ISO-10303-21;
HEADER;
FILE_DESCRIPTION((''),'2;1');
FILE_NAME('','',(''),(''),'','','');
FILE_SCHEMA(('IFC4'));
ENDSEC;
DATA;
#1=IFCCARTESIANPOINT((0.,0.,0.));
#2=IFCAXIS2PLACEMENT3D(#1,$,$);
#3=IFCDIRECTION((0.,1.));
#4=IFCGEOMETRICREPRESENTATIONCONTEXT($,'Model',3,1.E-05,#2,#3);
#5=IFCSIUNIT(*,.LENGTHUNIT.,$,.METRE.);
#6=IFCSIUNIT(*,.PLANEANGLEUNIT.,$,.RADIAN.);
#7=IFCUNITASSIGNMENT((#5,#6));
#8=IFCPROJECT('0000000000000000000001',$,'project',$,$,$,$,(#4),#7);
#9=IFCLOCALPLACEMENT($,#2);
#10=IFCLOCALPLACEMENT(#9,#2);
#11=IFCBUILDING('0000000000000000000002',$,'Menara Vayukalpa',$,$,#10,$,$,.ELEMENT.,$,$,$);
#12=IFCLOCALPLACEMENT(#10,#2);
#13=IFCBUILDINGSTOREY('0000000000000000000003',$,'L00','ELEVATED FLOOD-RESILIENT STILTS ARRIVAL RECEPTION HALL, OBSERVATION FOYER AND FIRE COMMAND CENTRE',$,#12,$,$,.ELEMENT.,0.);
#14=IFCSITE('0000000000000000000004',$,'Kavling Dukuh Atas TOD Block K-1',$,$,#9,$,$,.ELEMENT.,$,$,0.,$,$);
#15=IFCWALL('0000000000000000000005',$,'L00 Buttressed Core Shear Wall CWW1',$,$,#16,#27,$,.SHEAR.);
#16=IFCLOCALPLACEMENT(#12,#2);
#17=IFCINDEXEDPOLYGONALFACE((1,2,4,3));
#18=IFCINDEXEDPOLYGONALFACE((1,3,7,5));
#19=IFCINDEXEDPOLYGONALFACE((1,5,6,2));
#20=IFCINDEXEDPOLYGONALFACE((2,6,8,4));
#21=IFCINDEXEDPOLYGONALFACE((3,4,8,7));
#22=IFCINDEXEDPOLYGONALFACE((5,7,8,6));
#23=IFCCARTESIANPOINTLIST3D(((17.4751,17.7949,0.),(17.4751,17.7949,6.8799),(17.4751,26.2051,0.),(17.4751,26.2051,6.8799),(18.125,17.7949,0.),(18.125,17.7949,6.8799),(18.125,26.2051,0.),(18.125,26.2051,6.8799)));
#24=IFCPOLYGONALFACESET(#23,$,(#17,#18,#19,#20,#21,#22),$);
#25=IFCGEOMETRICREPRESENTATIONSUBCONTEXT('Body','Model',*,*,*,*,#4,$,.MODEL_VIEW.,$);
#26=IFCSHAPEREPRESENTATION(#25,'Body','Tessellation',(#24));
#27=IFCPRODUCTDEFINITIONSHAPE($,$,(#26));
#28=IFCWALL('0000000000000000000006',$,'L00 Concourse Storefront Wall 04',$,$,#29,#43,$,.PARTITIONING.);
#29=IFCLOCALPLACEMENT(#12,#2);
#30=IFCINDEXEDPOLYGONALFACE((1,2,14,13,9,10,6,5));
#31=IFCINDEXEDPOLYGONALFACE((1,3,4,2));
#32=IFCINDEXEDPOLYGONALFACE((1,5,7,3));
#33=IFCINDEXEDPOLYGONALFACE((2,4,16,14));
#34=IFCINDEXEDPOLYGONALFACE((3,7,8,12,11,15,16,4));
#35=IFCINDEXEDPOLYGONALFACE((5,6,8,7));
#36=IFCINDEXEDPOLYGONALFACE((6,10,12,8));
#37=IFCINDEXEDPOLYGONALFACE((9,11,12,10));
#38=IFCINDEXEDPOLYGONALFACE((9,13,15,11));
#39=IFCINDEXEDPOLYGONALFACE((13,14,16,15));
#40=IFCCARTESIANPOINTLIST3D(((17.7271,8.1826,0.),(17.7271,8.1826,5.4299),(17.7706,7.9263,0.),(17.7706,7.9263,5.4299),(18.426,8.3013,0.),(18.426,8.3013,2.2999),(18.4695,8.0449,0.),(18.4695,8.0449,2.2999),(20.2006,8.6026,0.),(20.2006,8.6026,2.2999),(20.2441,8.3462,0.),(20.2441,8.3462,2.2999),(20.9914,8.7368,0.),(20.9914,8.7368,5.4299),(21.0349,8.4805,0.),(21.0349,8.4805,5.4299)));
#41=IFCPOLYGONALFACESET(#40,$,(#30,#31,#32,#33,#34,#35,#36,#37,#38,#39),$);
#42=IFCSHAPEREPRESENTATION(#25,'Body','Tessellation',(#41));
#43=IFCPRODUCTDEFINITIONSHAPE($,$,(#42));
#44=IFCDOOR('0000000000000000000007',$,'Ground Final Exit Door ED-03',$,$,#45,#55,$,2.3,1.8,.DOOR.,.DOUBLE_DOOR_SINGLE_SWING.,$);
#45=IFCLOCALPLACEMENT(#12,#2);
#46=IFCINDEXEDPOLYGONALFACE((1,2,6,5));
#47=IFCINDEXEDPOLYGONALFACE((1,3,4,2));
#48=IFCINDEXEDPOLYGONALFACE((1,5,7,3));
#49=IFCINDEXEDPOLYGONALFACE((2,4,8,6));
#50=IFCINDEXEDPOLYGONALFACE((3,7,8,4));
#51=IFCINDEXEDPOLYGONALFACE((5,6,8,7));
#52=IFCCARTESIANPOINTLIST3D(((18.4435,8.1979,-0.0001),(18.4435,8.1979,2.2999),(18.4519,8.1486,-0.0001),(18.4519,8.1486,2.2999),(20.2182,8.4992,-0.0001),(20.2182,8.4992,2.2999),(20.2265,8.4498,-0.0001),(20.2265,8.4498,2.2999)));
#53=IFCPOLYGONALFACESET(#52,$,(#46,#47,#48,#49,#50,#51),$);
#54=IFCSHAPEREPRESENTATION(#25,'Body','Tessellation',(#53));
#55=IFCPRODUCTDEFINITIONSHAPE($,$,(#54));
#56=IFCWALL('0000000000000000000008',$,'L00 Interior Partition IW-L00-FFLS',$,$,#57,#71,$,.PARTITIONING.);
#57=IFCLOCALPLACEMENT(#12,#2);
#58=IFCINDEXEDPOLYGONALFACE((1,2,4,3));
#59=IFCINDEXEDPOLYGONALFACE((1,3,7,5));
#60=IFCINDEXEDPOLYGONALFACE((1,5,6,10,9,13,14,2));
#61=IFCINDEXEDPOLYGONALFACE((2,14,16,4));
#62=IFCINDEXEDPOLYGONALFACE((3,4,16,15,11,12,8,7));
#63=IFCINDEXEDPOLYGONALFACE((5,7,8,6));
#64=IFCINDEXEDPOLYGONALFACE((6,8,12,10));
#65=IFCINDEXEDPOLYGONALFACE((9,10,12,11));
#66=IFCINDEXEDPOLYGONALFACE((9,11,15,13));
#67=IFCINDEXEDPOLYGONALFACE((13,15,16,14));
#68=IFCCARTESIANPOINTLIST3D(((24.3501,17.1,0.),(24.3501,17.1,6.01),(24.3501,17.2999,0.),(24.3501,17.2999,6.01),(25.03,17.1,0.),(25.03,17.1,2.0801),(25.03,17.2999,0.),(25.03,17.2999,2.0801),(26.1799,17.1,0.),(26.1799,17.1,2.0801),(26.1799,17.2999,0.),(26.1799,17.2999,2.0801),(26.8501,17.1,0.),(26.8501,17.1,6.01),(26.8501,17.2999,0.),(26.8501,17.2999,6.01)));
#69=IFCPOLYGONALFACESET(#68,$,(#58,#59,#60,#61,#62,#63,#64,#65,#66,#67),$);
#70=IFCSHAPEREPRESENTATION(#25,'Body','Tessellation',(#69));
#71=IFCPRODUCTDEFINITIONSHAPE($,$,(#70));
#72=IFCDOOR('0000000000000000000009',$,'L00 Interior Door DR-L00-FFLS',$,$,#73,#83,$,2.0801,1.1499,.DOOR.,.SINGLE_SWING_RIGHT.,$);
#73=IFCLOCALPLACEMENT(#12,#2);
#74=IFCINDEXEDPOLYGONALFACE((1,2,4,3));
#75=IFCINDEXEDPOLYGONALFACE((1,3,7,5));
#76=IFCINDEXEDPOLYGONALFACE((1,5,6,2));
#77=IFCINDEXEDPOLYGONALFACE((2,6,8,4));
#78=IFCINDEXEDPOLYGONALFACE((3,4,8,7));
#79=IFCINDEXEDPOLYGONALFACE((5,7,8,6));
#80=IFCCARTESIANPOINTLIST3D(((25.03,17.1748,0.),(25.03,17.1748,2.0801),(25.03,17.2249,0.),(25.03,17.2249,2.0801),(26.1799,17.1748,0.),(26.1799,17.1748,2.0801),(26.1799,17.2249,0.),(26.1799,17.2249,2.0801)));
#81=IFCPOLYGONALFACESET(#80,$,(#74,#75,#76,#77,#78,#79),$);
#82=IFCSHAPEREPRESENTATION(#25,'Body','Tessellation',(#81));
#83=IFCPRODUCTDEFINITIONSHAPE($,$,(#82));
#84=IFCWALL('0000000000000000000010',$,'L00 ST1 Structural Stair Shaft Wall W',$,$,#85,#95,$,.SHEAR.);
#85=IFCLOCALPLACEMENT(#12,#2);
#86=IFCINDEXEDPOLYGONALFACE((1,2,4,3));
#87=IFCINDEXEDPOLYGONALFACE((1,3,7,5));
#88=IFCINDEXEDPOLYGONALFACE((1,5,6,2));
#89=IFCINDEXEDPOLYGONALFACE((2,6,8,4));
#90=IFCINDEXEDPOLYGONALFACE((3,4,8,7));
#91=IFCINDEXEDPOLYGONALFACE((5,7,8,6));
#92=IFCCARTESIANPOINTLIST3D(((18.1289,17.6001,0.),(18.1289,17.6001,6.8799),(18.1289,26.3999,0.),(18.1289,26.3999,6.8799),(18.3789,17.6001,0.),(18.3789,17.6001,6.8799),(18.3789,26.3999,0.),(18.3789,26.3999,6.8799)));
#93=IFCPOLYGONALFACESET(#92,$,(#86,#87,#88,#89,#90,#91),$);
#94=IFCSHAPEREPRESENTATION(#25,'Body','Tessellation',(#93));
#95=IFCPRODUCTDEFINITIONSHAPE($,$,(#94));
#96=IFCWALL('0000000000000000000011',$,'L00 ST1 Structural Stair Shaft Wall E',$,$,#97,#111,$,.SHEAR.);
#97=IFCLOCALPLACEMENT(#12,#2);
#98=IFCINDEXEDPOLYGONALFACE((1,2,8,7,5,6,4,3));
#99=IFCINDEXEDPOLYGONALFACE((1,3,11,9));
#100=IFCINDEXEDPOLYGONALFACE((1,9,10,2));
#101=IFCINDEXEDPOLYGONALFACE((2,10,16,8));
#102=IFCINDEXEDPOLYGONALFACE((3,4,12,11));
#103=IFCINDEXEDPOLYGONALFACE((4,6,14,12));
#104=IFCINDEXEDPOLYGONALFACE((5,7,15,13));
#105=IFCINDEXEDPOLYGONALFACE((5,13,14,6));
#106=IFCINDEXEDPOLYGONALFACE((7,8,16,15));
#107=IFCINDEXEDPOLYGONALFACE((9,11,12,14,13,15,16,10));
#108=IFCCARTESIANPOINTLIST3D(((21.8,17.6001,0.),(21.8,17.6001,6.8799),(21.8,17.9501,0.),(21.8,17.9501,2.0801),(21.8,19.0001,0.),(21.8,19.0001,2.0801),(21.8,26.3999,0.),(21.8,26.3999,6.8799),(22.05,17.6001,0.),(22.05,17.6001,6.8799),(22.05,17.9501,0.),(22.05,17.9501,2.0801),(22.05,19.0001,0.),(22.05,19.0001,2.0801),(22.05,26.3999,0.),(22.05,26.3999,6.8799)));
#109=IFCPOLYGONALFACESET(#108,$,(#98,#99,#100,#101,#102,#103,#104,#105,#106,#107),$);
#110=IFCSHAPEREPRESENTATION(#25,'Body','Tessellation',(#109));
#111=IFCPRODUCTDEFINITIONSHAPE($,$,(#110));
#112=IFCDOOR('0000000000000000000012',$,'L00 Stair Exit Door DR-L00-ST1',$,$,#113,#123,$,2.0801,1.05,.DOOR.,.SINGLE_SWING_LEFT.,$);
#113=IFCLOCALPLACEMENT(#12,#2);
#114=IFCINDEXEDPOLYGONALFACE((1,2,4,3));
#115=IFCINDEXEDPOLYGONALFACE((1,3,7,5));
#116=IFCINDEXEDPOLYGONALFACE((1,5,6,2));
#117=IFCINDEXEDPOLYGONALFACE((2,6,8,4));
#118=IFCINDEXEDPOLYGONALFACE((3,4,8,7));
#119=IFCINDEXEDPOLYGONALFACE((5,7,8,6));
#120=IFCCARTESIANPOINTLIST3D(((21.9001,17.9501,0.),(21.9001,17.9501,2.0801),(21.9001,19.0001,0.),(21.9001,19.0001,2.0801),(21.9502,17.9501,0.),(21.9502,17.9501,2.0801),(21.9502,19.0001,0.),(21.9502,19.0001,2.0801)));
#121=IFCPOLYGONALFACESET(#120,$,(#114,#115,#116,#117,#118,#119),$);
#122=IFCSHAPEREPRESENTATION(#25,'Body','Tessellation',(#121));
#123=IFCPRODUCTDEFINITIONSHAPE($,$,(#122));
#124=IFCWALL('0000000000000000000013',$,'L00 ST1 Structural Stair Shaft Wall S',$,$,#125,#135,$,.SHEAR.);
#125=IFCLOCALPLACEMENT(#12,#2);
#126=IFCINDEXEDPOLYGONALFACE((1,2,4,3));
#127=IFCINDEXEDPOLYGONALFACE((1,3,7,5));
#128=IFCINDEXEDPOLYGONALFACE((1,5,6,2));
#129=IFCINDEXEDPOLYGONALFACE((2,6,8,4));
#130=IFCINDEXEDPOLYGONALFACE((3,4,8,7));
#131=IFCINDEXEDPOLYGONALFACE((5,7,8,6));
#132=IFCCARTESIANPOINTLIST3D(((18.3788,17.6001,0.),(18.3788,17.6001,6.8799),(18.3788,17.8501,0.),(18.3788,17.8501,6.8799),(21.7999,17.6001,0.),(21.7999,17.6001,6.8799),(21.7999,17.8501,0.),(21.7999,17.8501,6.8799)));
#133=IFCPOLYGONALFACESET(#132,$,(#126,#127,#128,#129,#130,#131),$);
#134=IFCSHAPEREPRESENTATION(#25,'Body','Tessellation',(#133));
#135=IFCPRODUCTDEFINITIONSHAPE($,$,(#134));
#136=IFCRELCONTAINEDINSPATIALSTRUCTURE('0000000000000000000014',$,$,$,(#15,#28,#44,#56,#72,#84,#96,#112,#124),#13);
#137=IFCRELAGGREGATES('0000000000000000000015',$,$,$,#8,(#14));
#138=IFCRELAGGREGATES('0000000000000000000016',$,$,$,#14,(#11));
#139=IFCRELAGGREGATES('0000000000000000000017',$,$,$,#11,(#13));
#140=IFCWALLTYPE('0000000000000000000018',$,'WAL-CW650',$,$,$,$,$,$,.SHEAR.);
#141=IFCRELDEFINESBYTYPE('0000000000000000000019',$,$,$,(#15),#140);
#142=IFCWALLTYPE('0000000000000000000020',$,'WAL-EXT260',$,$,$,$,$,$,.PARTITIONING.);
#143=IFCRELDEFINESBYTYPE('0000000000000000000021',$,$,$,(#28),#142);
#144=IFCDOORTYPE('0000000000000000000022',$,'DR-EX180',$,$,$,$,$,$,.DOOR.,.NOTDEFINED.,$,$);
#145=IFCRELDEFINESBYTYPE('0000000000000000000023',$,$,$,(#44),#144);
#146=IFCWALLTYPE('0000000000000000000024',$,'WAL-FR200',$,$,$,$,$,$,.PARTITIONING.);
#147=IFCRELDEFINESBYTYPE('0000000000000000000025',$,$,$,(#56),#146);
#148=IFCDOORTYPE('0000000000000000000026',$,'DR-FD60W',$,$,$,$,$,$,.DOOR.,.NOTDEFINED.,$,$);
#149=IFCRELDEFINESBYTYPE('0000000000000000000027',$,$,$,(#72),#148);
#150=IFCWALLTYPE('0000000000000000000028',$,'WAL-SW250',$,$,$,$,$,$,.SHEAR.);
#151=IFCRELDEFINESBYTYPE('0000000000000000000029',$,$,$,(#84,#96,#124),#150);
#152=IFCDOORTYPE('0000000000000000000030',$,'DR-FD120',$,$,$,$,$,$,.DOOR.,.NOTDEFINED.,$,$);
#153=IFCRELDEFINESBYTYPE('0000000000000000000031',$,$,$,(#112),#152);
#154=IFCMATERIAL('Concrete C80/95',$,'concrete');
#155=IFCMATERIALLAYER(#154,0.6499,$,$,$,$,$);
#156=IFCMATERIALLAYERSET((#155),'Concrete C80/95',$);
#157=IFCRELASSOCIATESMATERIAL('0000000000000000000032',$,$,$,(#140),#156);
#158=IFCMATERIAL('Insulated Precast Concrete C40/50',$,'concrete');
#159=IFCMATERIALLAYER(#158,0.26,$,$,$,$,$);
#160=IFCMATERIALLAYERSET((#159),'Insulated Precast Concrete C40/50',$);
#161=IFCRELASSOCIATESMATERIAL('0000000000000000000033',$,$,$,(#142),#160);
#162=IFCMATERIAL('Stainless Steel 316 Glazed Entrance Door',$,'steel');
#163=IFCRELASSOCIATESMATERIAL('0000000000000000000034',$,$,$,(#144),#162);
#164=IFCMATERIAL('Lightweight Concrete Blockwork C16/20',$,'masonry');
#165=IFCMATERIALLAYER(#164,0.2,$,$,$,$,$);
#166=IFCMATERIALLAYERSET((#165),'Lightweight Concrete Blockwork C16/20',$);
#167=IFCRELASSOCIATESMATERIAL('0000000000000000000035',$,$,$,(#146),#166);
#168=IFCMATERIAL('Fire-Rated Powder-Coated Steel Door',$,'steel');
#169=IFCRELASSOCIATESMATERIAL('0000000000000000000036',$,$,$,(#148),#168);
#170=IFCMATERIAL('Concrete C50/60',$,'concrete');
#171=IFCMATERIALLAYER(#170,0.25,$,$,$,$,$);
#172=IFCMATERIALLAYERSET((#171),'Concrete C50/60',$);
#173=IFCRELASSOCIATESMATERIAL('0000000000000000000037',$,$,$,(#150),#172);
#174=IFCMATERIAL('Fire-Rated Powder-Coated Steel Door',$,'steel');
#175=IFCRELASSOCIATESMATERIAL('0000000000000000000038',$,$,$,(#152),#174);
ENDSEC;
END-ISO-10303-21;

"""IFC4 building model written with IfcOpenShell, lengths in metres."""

from ifc_helpers import new_model, si_unit, direction, frame, frame_2d, origin, place, context, subcontext, project, spatial, rectangle, extrude, material, layer, layer_set, type_object, element, fill, save


model = new_model("IFC4")

# Units and contexts
model_context = context("Model", 3, precision=1e-05, world=origin(), true_north=direction((0.0, 1.0)))
body_context = subcontext(model_context, "Body", "Model", "MODEL_VIEW")
ifc_project = project(units=[si_unit("LENGTHUNIT", "METRE"), si_unit("PLANEANGLEUNIT", "RADIAN")], contexts=[model_context])

# Site, building, storey
site_placement = place(None, origin())
site = spatial("IfcSite", under=ifc_project, at=site_placement, Name="Kavling Dukuh Atas TOD Block K-1", CompositionType="ELEMENT", RefElevation=0.0)
building_placement = place(site_placement, origin())
building = spatial("IfcBuilding", under=site, at=building_placement, Name="Menara Vayukalpa", CompositionType="ELEMENT")
storey_placement = place(building_placement, origin())
storey = spatial("IfcBuildingStorey", under=building, at=storey_placement, Name="L00", Description="ELEVATED FLOOD-RESILIENT STILTS ARRIVAL RECEPTION HALL, OBSERVATION FOYER AND FIRE COMMAND CENTRE", CompositionType="ELEMENT", Elevation=0.0)

# Wall
ifc_material_1 = material(Name="Concrete C80/95", Category="concrete")
ifc_layer_1 = layer(ifc_material_1, 0.6499)
ifc_layer_set_1 = layer_set([ifc_layer_1], Name="Concrete C80/95")
wall_type_1 = type_object("IfcWallType", Name="WAL-CW650", PredefinedType="SHEAR", material=ifc_layer_set_1)
wall_1_placement = place(storey_placement, frame((17.8, 17.7949, 0.0), z_axis=(0.0, 0.0, 1.0), x_axis=(0.0, 1.0, 0.0)))
element("IfcWall", 1, at=wall_1_placement, inside=storey, type_object=wall_type_1, Name="L00 Buttressed Core Shear Wall CWW1", PredefinedType="SHEAR", context=body_context, shape_type="SweptSolid", body=[
    extrude(rectangle(XDim=8.4102, YDim=0.6499, at=frame_2d((4.2051, 0.0))), origin(), (0.0, 0.0, 1.0), 6.8799),
])

# Walls, openings, doors
ifc_material_2 = material(Name="Insulated Precast Concrete C40/50", Category="concrete")
ifc_layer_2 = layer(ifc_material_2, 0.26)
ifc_layer_set_2 = layer_set([ifc_layer_2], Name="Insulated Precast Concrete C40/50")
wall_type_2 = type_object("IfcWallType", Name="WAL-EXT260", PredefinedType="PARTITIONING", material=ifc_layer_set_2)
wall_2_placement = place(storey_placement, frame((21.0132, 8.6086, 0.0), z_axis=(0.0, 0.0, 1.0), x_axis=(-0.985893, -0.167375, 0.0)))
wall_2 = element("IfcWall", 2, at=wall_2_placement, inside=storey, type_object=wall_type_2, Name="L00 Concourse Storefront Wall 04", PredefinedType="PARTITIONING", context=body_context, shape_type="SweptSolid", body=[
    extrude(rectangle(XDim=3.311, YDim=0.26, at=frame_2d((1.6555, 0.0))), origin(), (0.0, 0.0, 1.0), 5.4299),
])
opening_1_placement = place(wall_2_placement, frame((0.8022, 0.0, 0.0)))
opening_1 = element("IfcOpeningElement", 3, at=opening_1_placement, cuts=wall_2, PredefinedType="OPENING", context=body_context, shape_type="SweptSolid", body=[
    extrude(rectangle(XDim=1.8, YDim=2.3, at=frame_2d((0.8999, 1.1499))), frame((0.0, 0.1399, 0.0), z_axis=(0.0, -1.0, 0.0), x_axis=(1.0, 0.0, 0.0)), (0.0, 0.0, 1.0), 0.28),
])
ifc_material_3 = material(Name="Stainless Steel 316 Glazed Entrance Door", Category="steel")
door_type_1 = type_object("IfcDoorType", Name="DR-EX180", OperationType="NOTDEFINED", PredefinedType="DOOR", material=ifc_material_3)
door_1_placement = place(opening_1_placement, origin())
door_1 = element("IfcDoor", 4, at=door_1_placement, inside=storey, type_object=door_type_1, Name="Ground Final Exit Door ED-03", OperationType="DOUBLE_DOOR_SINGLE_SWING", OverallHeight=2.3, OverallWidth=1.8, PredefinedType="DOOR", context=body_context, shape_type="SweptSolid", body=[
    extrude(rectangle(XDim=1.8, YDim=2.3, at=frame_2d((0.8999, 1.1499))), frame((0.0, 0.0249, 0.0), z_axis=(0.0, -1.0, 0.0), x_axis=(1.0, 0.0, 0.0)), (0.0, 0.0, 1.0), 0.05),
])
fill(opening_1, door_1)
ifc_material_4 = material(Name="Lightweight Concrete Blockwork C16/20", Category="masonry")
ifc_layer_3 = layer(ifc_material_4, 0.2)
ifc_layer_set_3 = layer_set([ifc_layer_3], Name="Lightweight Concrete Blockwork C16/20")
wall_type_3 = type_object("IfcWallType", Name="WAL-FR200", PredefinedType="PARTITIONING", material=ifc_layer_set_3)
wall_3_placement = place(storey_placement, frame((24.3501, 17.2, 0.0), z_axis=(0.0, 0.0, 1.0), x_axis=(1.0, 0.0, 0.0)))
wall_3 = element("IfcWall", 5, at=wall_3_placement, inside=storey, type_object=wall_type_3, Name="L00 Interior Partition IW-L00-FFLS", PredefinedType="PARTITIONING", context=body_context, shape_type="SweptSolid", body=[
    extrude(rectangle(XDim=2.5, YDim=0.2, at=frame_2d((1.25, 0.0))), origin(), (0.0, 0.0, 1.0), 6.01),
])
opening_2_placement = place(wall_3_placement, frame((0.6799, 0.0, 0.0)))
opening_2 = element("IfcOpeningElement", 6, at=opening_2_placement, cuts=wall_3, PredefinedType="OPENING", context=body_context, shape_type="SweptSolid", body=[
    extrude(rectangle(XDim=1.1499, YDim=2.0801, at=frame_2d((0.575, 1.04))), frame((0.0, 0.1099, 0.0), z_axis=(0.0, -1.0, 0.0), x_axis=(1.0, 0.0, 0.0)), (0.0, 0.0, 1.0), 0.22),
])
ifc_material_5 = material(Name="Fire-Rated Powder-Coated Steel Door", Category="steel")
door_type_2 = type_object("IfcDoorType", Name="DR-FD60W", OperationType="NOTDEFINED", PredefinedType="DOOR", material=ifc_material_5)
door_2_placement = place(opening_2_placement, origin())
door_2 = element("IfcDoor", 7, at=door_2_placement, inside=storey, type_object=door_type_2, Name="L00 Interior Door DR-L00-FFLS", OperationType="SINGLE_SWING_RIGHT", OverallHeight=2.0801, OverallWidth=1.1499, PredefinedType="DOOR", context=body_context, shape_type="SweptSolid", body=[
    extrude(rectangle(XDim=1.1499, YDim=2.0801, at=frame_2d((0.575, 1.04))), frame((0.0, 0.0249, 0.0), z_axis=(0.0, -1.0, 0.0), x_axis=(1.0, 0.0, 0.0)), (0.0, 0.0, 1.0), 0.05),
])
fill(opening_2, door_2)

# Wall
ifc_material_6 = material(Name="Concrete C50/60", Category="concrete")
ifc_layer_4 = layer(ifc_material_6, 0.25)
ifc_layer_set_4 = layer_set([ifc_layer_4], Name="Concrete C50/60")
wall_type_4 = type_object("IfcWallType", Name="WAL-SW250", PredefinedType="SHEAR", material=ifc_layer_set_4)
wall_4_placement = place(storey_placement, frame((18.2539, 17.6001, 0.0), z_axis=(0.0, 0.0, 1.0), x_axis=(0.0, 1.0, 0.0)))
element("IfcWall", 8, at=wall_4_placement, inside=storey, type_object=wall_type_4, Name="L00 ST1 Structural Stair Shaft Wall W", PredefinedType="SHEAR", context=body_context, shape_type="SweptSolid", body=[
    extrude(rectangle(XDim=8.7998, YDim=0.25, at=frame_2d((4.3999, 0.0))), origin(), (0.0, 0.0, 1.0), 6.8799),
])

# Wall, opening, door
wall_5_placement = place(storey_placement, frame((21.925, 17.6001, 0.0), z_axis=(0.0, 0.0, 1.0), x_axis=(0.0, 1.0, 0.0)))
wall_5 = element("IfcWall", 9, at=wall_5_placement, inside=storey, type_object=wall_type_4, Name="L00 ST1 Structural Stair Shaft Wall E", PredefinedType="SHEAR", context=body_context, shape_type="SweptSolid", body=[
    extrude(rectangle(XDim=8.7998, YDim=0.25, at=frame_2d((4.3999, 0.0))), origin(), (0.0, 0.0, 1.0), 6.8799),
])
opening_3_placement = place(wall_5_placement, frame((0.3501, 0.0, 0.0)))
opening_3 = element("IfcOpeningElement", 10, at=opening_3_placement, cuts=wall_5, PredefinedType="OPENING", context=body_context, shape_type="SweptSolid", body=[
    extrude(rectangle(XDim=1.05, YDim=2.0801, at=frame_2d((0.5249, 1.04))), frame((0.0, 0.135, 0.0), z_axis=(0.0, -1.0, 0.0), x_axis=(1.0, 0.0, 0.0)), (0.0, 0.0, 1.0), 0.27),
])
ifc_material_7 = material(Name="Fire-Rated Powder-Coated Steel Door", Category="steel")
door_type_3 = type_object("IfcDoorType", Name="DR-FD120", OperationType="NOTDEFINED", PredefinedType="DOOR", material=ifc_material_7)
door_3_placement = place(opening_3_placement, origin())
door_3 = element("IfcDoor", 11, at=door_3_placement, inside=storey, type_object=door_type_3, Name="L00 Stair Exit Door DR-L00-ST1", OperationType="SINGLE_SWING_LEFT", OverallHeight=2.0801, OverallWidth=1.05, PredefinedType="DOOR", context=body_context, shape_type="SweptSolid", body=[
    extrude(rectangle(XDim=1.05, YDim=2.0801, at=frame_2d((0.5249, 1.04))), frame((0.0, 0.0249, 0.0), z_axis=(0.0, -1.0, 0.0), x_axis=(1.0, 0.0, 0.0)), (0.0, 0.0, 1.0), 0.05),
])
fill(opening_3, door_3)

# Wall
wall_6_placement = place(storey_placement, frame((18.3789, 17.7251, 0.0), z_axis=(0.0, 0.0, 1.0), x_axis=(1.0, 0.0, 0.0)))
element("IfcWall", 12, at=wall_6_placement, inside=storey, type_object=wall_type_4, Name="L00 ST1 Structural Stair Shaft Wall S", PredefinedType="SHEAR", context=body_context, shape_type="SweptSolid", body=[
    extrude(rectangle(XDim=3.4211, YDim=0.25, at=frame_2d((1.7104, 0.0))), origin(), (0.0, 0.0, 1.0), 6.8799),
])

save(model, "model.ifc")
